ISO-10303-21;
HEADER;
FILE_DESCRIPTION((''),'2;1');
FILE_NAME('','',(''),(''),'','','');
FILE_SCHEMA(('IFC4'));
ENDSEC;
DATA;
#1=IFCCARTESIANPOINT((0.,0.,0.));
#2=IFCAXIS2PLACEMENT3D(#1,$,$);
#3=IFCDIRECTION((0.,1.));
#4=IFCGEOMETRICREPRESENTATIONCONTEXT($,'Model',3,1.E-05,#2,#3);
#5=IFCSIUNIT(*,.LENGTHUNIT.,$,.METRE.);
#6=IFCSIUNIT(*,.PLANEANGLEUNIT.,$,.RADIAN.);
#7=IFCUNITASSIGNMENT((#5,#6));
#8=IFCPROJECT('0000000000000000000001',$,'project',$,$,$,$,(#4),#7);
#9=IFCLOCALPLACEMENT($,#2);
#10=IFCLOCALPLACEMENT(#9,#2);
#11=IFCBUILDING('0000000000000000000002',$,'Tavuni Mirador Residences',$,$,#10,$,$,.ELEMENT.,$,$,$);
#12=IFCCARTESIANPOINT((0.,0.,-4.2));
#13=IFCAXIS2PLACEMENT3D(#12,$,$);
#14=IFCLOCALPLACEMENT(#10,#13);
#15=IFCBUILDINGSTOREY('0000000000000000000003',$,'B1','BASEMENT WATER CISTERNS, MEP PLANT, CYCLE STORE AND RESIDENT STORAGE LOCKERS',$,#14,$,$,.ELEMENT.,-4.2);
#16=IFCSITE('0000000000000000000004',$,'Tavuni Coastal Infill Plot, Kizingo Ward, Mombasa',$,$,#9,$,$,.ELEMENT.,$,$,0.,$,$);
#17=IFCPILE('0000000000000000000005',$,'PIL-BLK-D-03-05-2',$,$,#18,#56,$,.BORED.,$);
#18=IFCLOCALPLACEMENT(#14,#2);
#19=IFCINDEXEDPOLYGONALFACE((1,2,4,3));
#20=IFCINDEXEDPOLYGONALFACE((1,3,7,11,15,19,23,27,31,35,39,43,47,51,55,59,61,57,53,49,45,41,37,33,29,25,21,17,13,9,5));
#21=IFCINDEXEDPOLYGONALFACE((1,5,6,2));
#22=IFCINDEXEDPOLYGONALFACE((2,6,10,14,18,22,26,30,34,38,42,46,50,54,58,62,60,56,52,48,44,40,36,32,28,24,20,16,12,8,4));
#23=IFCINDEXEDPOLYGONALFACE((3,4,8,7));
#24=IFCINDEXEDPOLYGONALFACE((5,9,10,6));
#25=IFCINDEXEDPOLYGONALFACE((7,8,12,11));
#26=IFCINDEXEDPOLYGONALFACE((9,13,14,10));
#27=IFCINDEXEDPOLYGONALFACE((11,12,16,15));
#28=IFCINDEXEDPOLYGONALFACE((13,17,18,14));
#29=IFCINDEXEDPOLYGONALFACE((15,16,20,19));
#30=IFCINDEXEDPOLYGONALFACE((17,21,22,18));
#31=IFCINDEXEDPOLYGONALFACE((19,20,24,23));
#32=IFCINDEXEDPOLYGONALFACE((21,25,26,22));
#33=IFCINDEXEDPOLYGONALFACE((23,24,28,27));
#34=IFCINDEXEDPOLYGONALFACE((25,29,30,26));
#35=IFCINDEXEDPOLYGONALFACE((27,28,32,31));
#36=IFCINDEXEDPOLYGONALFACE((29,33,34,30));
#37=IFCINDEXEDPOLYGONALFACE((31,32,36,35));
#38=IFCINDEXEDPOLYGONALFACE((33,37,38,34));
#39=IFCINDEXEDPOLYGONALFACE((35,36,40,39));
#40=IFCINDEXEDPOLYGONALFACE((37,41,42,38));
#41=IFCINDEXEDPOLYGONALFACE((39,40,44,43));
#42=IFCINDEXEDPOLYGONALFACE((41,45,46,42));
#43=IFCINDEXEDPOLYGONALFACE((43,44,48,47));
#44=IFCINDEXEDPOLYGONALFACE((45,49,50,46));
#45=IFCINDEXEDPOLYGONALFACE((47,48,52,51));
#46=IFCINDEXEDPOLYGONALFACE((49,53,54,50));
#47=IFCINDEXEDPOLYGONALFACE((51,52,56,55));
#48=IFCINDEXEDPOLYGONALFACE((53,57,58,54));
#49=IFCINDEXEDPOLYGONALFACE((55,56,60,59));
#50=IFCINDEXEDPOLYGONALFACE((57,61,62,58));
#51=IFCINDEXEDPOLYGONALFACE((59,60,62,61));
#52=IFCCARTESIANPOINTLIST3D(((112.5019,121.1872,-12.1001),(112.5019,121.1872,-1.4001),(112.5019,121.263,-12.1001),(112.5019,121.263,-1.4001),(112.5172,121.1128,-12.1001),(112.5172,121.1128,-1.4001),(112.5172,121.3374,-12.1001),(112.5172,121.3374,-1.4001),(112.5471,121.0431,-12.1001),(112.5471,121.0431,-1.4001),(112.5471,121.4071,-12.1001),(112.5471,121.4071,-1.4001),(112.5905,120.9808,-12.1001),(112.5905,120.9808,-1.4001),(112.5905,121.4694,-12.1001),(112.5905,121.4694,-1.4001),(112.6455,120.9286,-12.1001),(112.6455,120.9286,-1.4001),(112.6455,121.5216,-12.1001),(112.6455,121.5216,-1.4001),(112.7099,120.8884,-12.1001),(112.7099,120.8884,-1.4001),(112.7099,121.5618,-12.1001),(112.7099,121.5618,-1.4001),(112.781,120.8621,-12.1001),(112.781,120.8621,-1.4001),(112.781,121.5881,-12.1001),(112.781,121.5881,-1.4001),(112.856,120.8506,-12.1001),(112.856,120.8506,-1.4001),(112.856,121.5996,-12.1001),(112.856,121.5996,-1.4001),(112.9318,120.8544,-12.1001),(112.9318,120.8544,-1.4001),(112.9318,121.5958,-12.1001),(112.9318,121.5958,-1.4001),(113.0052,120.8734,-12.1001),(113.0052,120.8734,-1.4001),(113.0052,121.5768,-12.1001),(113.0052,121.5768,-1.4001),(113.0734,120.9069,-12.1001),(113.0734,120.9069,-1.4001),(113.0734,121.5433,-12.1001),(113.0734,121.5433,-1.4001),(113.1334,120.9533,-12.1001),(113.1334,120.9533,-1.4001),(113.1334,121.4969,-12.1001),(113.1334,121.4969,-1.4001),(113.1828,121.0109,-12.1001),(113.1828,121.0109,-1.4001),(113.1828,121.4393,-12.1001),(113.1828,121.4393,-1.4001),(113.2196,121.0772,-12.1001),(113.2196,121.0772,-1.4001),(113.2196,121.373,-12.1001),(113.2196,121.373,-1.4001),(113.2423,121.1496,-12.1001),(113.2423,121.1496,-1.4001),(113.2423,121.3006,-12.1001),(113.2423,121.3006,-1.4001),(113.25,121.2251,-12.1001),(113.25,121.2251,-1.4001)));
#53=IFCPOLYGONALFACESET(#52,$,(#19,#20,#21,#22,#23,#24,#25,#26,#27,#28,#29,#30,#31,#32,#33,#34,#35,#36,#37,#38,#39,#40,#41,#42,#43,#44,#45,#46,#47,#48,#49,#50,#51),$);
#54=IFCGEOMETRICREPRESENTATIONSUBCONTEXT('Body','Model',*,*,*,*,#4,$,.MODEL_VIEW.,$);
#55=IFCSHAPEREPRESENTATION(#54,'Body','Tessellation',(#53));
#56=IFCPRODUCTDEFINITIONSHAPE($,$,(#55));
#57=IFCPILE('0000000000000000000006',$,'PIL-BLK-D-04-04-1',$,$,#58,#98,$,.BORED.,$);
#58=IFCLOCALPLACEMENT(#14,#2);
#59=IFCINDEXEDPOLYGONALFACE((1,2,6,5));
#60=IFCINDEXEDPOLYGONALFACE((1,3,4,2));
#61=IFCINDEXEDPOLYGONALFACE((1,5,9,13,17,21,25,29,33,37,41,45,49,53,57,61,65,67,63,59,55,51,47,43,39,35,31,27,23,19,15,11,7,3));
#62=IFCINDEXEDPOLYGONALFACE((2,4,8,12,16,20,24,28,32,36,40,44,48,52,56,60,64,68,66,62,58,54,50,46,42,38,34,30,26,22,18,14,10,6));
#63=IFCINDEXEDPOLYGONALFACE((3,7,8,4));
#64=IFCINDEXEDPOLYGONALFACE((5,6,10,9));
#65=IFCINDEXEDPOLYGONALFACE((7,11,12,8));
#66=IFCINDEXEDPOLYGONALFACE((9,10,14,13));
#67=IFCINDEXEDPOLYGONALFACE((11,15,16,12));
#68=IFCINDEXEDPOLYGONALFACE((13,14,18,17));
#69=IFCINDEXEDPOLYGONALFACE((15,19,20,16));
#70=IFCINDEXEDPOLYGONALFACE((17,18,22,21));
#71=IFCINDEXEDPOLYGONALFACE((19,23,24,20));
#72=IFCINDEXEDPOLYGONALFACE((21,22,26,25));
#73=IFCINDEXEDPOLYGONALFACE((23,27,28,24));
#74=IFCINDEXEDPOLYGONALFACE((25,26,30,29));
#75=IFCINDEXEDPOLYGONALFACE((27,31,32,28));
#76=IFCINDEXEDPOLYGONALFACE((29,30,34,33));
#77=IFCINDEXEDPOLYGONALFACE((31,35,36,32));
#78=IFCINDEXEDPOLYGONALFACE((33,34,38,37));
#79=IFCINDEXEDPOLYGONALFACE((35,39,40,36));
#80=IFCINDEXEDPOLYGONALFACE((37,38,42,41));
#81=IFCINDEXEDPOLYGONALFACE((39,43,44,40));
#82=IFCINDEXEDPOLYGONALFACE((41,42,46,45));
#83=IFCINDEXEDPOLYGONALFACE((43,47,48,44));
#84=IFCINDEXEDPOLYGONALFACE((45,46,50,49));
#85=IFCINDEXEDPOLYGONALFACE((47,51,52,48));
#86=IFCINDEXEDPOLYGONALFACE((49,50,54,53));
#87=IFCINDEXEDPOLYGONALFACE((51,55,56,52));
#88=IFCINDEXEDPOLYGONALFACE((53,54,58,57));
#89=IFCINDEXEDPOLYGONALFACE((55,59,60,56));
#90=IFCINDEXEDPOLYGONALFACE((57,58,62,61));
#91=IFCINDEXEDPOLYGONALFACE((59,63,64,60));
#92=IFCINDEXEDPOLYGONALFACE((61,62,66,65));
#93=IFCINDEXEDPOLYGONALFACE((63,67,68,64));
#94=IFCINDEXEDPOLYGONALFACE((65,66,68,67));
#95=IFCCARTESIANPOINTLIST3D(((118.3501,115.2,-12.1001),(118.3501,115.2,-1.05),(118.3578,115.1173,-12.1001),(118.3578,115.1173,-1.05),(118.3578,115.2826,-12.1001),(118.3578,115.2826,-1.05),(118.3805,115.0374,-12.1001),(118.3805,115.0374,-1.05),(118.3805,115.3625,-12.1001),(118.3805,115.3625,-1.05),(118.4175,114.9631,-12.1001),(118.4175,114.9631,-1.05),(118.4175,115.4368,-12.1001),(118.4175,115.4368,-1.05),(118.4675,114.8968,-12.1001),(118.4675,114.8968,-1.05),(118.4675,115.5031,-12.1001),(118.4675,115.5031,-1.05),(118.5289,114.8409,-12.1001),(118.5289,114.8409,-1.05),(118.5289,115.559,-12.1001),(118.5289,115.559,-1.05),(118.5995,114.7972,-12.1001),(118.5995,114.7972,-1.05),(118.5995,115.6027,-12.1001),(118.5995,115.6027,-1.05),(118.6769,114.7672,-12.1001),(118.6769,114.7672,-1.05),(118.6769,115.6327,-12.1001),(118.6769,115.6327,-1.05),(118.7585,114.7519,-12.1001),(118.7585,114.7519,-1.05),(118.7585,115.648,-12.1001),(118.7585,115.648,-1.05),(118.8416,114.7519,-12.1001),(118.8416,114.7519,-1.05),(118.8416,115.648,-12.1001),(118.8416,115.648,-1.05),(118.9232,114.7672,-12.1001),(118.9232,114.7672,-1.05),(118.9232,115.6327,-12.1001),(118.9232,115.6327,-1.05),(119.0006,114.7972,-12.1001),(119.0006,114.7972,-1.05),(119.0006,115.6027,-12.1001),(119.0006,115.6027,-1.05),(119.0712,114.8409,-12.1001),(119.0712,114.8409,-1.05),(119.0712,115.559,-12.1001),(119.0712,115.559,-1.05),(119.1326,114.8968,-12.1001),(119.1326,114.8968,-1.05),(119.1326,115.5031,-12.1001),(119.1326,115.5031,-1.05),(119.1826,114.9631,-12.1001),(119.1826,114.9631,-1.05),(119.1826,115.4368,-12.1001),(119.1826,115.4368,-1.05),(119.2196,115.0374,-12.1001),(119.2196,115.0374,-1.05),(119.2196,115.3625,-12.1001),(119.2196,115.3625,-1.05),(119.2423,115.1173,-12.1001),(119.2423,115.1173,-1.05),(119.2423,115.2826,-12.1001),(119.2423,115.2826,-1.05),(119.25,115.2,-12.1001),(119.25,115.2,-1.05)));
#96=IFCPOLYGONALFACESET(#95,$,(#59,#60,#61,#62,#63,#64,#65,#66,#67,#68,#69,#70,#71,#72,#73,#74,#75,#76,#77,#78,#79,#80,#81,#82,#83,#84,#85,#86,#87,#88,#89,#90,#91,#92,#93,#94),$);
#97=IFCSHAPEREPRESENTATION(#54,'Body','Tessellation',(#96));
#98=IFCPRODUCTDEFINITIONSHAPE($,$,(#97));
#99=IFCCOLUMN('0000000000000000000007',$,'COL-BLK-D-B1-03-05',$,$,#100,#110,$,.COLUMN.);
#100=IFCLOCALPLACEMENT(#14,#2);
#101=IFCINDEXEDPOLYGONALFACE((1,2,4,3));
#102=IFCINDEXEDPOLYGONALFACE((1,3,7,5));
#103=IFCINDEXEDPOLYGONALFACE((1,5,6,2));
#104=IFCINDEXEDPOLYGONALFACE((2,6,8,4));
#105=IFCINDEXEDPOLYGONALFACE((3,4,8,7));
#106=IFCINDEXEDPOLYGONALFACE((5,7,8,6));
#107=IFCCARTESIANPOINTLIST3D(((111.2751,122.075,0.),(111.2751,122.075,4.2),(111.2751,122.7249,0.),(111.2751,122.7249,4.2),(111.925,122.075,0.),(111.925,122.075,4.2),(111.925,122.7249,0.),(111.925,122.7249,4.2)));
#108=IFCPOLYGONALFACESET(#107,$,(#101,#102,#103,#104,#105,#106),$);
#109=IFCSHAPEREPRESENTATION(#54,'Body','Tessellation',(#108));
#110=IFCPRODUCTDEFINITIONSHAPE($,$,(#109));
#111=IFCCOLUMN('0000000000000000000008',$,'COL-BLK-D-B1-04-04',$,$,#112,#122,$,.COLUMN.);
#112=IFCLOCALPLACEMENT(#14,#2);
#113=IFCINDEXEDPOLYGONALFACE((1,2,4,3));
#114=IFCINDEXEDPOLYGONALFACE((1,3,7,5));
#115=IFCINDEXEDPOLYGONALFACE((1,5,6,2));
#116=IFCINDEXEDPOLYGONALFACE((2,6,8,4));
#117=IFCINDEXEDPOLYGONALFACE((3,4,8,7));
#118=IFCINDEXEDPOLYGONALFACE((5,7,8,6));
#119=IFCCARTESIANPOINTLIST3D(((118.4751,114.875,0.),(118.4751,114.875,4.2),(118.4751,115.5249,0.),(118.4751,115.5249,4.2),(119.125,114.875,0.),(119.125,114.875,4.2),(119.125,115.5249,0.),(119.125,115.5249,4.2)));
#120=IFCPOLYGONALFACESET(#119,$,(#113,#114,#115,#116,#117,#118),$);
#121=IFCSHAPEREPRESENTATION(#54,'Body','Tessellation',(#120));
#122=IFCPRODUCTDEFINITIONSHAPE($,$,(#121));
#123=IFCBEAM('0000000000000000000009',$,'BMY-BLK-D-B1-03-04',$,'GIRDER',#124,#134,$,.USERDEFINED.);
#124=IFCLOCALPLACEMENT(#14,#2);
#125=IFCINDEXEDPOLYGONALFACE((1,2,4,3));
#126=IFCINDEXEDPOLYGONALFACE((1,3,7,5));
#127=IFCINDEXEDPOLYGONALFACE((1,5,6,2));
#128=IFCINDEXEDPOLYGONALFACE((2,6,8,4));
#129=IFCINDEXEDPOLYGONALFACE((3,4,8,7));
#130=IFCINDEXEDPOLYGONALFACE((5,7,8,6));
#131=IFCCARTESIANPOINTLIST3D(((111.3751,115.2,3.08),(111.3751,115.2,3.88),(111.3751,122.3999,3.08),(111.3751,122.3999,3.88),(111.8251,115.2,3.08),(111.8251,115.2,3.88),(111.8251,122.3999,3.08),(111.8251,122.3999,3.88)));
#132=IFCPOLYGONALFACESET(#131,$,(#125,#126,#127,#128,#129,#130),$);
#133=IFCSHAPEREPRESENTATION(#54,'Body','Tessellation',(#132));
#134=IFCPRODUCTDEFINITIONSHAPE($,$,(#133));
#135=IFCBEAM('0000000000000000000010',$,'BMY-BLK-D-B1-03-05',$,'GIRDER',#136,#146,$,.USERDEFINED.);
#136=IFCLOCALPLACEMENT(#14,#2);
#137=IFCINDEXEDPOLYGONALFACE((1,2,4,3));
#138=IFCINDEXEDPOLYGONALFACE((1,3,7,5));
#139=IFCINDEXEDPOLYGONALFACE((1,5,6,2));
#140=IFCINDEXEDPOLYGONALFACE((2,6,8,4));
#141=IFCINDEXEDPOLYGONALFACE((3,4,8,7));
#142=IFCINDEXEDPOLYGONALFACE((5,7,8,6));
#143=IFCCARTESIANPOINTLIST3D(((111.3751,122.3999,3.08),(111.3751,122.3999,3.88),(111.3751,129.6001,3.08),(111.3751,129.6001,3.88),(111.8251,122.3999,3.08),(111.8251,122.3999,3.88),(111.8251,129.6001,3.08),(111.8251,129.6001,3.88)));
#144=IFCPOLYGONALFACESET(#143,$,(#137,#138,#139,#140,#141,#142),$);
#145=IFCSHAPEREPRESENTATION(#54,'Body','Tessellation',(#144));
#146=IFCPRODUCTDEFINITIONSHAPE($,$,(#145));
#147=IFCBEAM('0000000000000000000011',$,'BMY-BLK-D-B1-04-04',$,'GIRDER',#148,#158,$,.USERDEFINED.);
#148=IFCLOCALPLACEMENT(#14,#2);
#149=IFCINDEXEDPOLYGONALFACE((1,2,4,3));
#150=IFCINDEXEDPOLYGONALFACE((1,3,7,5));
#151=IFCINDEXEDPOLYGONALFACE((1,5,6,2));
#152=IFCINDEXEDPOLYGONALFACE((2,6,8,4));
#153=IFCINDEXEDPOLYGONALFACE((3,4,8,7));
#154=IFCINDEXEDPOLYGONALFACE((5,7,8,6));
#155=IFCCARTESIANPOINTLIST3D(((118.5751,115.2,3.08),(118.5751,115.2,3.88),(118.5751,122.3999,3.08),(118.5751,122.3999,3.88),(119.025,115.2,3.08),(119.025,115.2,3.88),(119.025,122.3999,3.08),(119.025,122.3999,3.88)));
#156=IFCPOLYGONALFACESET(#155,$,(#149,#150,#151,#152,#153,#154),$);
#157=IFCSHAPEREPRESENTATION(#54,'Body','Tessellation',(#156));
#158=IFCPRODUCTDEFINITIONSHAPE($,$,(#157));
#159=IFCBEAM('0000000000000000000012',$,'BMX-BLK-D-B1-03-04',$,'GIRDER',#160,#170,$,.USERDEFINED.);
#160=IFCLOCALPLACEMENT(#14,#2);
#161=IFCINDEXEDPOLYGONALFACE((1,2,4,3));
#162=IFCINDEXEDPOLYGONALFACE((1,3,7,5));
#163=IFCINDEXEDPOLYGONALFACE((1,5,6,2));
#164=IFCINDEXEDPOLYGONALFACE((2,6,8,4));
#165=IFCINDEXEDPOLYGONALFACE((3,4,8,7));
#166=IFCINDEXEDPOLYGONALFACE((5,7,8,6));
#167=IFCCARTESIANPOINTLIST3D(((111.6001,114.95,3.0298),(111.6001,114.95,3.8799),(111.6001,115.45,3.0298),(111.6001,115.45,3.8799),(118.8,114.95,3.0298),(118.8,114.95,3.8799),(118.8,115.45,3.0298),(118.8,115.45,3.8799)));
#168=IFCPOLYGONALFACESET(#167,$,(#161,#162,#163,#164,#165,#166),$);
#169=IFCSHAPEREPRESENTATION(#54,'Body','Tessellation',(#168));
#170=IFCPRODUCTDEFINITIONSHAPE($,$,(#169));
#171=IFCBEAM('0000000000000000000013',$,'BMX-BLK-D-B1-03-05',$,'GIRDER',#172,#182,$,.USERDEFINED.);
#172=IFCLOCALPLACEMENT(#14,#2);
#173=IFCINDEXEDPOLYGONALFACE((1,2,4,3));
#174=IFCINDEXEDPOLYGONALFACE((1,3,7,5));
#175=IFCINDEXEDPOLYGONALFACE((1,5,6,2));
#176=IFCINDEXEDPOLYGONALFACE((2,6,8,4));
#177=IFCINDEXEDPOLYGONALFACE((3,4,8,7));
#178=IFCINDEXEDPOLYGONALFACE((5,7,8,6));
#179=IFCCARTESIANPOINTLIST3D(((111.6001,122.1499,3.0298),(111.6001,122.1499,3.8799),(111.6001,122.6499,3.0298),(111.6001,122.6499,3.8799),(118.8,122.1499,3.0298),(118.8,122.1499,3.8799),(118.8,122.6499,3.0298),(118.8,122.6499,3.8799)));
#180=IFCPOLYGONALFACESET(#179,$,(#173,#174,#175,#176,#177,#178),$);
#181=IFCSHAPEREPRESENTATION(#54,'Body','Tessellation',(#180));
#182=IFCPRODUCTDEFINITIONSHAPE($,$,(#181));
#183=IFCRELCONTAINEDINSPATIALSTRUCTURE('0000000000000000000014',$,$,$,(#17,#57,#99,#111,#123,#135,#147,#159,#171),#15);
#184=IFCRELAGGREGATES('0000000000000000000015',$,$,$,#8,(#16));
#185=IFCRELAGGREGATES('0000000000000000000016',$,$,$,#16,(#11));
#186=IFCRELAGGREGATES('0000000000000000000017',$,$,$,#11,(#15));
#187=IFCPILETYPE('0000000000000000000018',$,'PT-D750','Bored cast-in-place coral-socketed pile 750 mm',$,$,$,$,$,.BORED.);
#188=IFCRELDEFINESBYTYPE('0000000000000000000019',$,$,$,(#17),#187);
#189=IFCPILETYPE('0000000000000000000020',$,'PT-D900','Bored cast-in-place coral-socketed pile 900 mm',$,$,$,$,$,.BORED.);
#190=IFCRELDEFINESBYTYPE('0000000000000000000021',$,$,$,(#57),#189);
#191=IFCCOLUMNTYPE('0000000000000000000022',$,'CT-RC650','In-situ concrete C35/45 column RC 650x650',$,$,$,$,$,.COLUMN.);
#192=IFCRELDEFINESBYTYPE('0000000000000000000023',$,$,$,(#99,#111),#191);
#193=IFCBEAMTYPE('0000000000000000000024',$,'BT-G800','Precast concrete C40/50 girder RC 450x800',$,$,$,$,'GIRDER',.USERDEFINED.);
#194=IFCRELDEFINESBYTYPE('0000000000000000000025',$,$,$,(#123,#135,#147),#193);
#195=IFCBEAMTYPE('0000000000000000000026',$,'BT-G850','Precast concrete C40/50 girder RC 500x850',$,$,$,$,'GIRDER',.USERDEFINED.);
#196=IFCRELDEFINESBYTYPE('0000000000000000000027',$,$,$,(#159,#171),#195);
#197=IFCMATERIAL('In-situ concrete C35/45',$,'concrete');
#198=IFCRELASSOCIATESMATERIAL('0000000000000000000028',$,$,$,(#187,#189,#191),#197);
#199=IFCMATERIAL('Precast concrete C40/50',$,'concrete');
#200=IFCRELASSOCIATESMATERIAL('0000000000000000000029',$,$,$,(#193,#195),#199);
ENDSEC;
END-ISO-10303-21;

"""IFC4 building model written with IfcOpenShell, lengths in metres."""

from ifc_helpers import new_model, si_unit, direction, frame, origin, origin_2d, place, context, subcontext, project, spatial, rectangle, circle, extrude, material, material_profile, profile_set, type_object, element, save


model = new_model("IFC4")

# Units and contexts
model_context = context("Model", 3, precision=1e-05, world=origin(), true_north=direction((0.0, 1.0)))
body_context = subcontext(model_context, "Body", "Model", "MODEL_VIEW")
ifc_project = project(units=[si_unit("LENGTHUNIT", "METRE"), si_unit("PLANEANGLEUNIT", "RADIAN")], contexts=[model_context])

# Site, building, storey
site_placement = place(None, origin())
site = spatial("IfcSite", under=ifc_project, at=site_placement, Name="Tavuni Coastal Infill Plot, Kizingo Ward, Mombasa", CompositionType="ELEMENT", RefElevation=0.0)
building_placement = place(site_placement, origin())
building = spatial("IfcBuilding", under=site, at=building_placement, Name="Tavuni Mirador Residences", CompositionType="ELEMENT")
storey_placement = place(building_placement, frame((0.0, 0.0, -4.2)))
storey = spatial("IfcBuildingStorey", under=building, at=storey_placement, Name="B1", Description="BASEMENT WATER CISTERNS, MEP PLANT, CYCLE STORE AND RESIDENT STORAGE LOCKERS", CompositionType="ELEMENT", Elevation=-4.2)

# Shared definitions
ifc_material_1 = material(Name="In-situ concrete C35/45", Category="concrete")

# Piles
ifc_material_profile_1 = material_profile(ifc_material_1, circle(Radius=0.375, at=origin_2d()), Name="PILE D750", Category="concrete")
ifc_profile_set_1 = profile_set([ifc_material_profile_1], Name="In-situ concrete C35/45")
pile_type_1 = type_object("IfcPileType", Name="PT-D750", Description="Bored cast-in-place coral-socketed pile 750 mm", PredefinedType="BORED", material=ifc_profile_set_1)
for number, where, z_axis, x_axis, name in (
    (1, (112.875, 121.2251, -1.4001), (0.0, 0.0, -1.0), (1.0, 0.0, 0.0), "PIL-BLK-D-03-05-2"),
):
    element("IfcPile", number, at=place(storey_placement, frame(where, z_axis=z_axis, x_axis=x_axis)), inside=storey, type_object=pile_type_1, Name=name, PredefinedType="BORED", context=body_context, shape_type="SweptSolid", body=[
        extrude(circle(Radius=0.375, at=origin_2d()), origin(), (0.0, 0.0, 1.0), 10.7),
    ])
ifc_material_profile_2 = material_profile(ifc_material_1, circle(Radius=0.45, at=origin_2d()), Name="PILE D900", Category="concrete")
ifc_profile_set_2 = profile_set([ifc_material_profile_2], Name="In-situ concrete C35/45")
pile_type_2 = type_object("IfcPileType", Name="PT-D900", Description="Bored cast-in-place coral-socketed pile 900 mm", PredefinedType="BORED", material=ifc_profile_set_2)
pile_placement = place(storey_placement, frame((118.8, 115.2, -1.05), z_axis=(0.0, 0.0, -1.0), x_axis=(1.0, 0.0, 0.0)))
element("IfcPile", 2, at=pile_placement, inside=storey, type_object=pile_type_2, Name="PIL-BLK-D-04-04-1", PredefinedType="BORED", context=body_context, shape_type="SweptSolid", body=[
    extrude(circle(Radius=0.45, at=origin_2d()), origin(), (0.0, 0.0, 1.0), 11.05),
])

# Columns
ifc_material_profile_3 = material_profile(ifc_material_1, rectangle(XDim=0.6499, YDim=0.6499, at=origin_2d()), Name="RC 650x650", Category="concrete")
ifc_profile_set_3 = profile_set([ifc_material_profile_3], Name="In-situ concrete C35/45")
column_type = type_object("IfcColumnType", Name="CT-RC650", Description="In-situ concrete C35/45 column RC 650x650", PredefinedType="COLUMN", material=ifc_profile_set_3)
for number, where, z_axis, x_axis, name in (
    (3, (111.6001, 122.3999, 0.0), (0.0, 0.0, 1.0), (1.0, 0.0, 0.0), "COL-BLK-D-B1-03-05"),
    (4, (118.8, 115.2, 0.0), (0.0, 0.0, 1.0), (1.0, 0.0, 0.0), "COL-BLK-D-B1-04-04"),
):
    element("IfcColumn", number, at=place(storey_placement, frame(where, z_axis=z_axis, x_axis=x_axis)), inside=storey, type_object=column_type, Name=name, PredefinedType="COLUMN", context=body_context, shape_type="SweptSolid", body=[
        extrude(rectangle(XDim=0.6499, YDim=0.6499, at=origin_2d()), origin(), (0.0, 0.0, 1.0), 4.2),
    ])

# Beams
ifc_material_2 = material(Name="Precast concrete C40/50", Category="concrete")
ifc_material_profile_4 = material_profile(ifc_material_2, rectangle(XDim=0.45, YDim=0.8, at=origin_2d()), Name="RC 450x800", Category="concrete")
ifc_profile_set_4 = profile_set([ifc_material_profile_4], Name="Precast concrete C40/50")
beam_type_1 = type_object("IfcBeamType", Name="BT-G800", Description="Precast concrete C40/50 girder RC 450x800", ElementType="GIRDER", PredefinedType="USERDEFINED", material=ifc_profile_set_4)
beam_1_placement = place(storey_placement, frame((111.6001, 115.2, 3.48), z_axis=(0.0, 1.0, 0.0), x_axis=(-1.0, 0.0, 0.0)))
element("IfcBeam", 5, at=beam_1_placement, inside=storey, type_object=beam_type_1, Name="BMY-BLK-D-B1-03-04", ObjectType="GIRDER", PredefinedType="USERDEFINED", context=body_context, shape_type="SweptSolid", body=[
    extrude(rectangle(XDim=0.45, YDim=0.8, at=origin_2d()), origin(), (0.0, 0.0, 1.0), 7.2),
])
beam_2_placement = place(storey_placement, frame((111.6001, 122.3999, 3.48), z_axis=(0.0, 1.0, 0.0), x_axis=(-1.0, 0.0, 0.0)))
element("IfcBeam", 6, at=beam_2_placement, inside=storey, type_object=beam_type_1, Name="BMY-BLK-D-B1-03-05", ObjectType="GIRDER", PredefinedType="USERDEFINED", context=body_context, shape_type="SweptSolid", body=[
    extrude(rectangle(XDim=0.45, YDim=0.8, at=origin_2d()), origin(), (0.0, 0.0, 1.0), 7.2002),
])
beam_3_placement = place(storey_placement, frame((118.8, 115.2, 3.48), z_axis=(0.0, 1.0, 0.0), x_axis=(-1.0, 0.0, 0.0)))
element("IfcBeam", 7, at=beam_3_placement, inside=storey, type_object=beam_type_1, Name="BMY-BLK-D-B1-04-04", ObjectType="GIRDER", PredefinedType="USERDEFINED", context=body_context, shape_type="SweptSolid", body=[
    extrude(rectangle(XDim=0.45, YDim=0.8, at=origin_2d()), origin(), (0.0, 0.0, 1.0), 7.2),
])
ifc_material_profile_5 = material_profile(ifc_material_2, rectangle(XDim=0.5, YDim=0.8501, at=origin_2d()), Name="RC 500x850", Category="concrete")
ifc_profile_set_5 = profile_set([ifc_material_profile_5], Name="Precast concrete C40/50")
beam_type_2 = type_object("IfcBeamType", Name="BT-G850", Description="Precast concrete C40/50 girder RC 500x850", ElementType="GIRDER", PredefinedType="USERDEFINED", material=ifc_profile_set_5)
for number, where, z_axis, x_axis, name in (
    (8, (111.6001, 115.2, 3.4548), (1.0, 0.0, 0.0), (0.0, 1.0, 0.0), "BMX-BLK-D-B1-03-04"),
    (9, (111.6001, 122.3999, 3.4548), (1.0, 0.0, 0.0), (0.0, 1.0, 0.0), "BMX-BLK-D-B1-03-05"),
):
    element("IfcBeam", number, at=place(storey_placement, frame(where, z_axis=z_axis, x_axis=x_axis)), inside=storey, type_object=beam_type_2, Name=name, ObjectType="GIRDER", PredefinedType="USERDEFINED", context=body_context, shape_type="SweptSolid", body=[
        extrude(rectangle(XDim=0.5, YDim=0.8501, at=origin_2d()), origin(), (0.0, 0.0, 1.0), 7.2),
    ])

save(model, "model.ifc")
